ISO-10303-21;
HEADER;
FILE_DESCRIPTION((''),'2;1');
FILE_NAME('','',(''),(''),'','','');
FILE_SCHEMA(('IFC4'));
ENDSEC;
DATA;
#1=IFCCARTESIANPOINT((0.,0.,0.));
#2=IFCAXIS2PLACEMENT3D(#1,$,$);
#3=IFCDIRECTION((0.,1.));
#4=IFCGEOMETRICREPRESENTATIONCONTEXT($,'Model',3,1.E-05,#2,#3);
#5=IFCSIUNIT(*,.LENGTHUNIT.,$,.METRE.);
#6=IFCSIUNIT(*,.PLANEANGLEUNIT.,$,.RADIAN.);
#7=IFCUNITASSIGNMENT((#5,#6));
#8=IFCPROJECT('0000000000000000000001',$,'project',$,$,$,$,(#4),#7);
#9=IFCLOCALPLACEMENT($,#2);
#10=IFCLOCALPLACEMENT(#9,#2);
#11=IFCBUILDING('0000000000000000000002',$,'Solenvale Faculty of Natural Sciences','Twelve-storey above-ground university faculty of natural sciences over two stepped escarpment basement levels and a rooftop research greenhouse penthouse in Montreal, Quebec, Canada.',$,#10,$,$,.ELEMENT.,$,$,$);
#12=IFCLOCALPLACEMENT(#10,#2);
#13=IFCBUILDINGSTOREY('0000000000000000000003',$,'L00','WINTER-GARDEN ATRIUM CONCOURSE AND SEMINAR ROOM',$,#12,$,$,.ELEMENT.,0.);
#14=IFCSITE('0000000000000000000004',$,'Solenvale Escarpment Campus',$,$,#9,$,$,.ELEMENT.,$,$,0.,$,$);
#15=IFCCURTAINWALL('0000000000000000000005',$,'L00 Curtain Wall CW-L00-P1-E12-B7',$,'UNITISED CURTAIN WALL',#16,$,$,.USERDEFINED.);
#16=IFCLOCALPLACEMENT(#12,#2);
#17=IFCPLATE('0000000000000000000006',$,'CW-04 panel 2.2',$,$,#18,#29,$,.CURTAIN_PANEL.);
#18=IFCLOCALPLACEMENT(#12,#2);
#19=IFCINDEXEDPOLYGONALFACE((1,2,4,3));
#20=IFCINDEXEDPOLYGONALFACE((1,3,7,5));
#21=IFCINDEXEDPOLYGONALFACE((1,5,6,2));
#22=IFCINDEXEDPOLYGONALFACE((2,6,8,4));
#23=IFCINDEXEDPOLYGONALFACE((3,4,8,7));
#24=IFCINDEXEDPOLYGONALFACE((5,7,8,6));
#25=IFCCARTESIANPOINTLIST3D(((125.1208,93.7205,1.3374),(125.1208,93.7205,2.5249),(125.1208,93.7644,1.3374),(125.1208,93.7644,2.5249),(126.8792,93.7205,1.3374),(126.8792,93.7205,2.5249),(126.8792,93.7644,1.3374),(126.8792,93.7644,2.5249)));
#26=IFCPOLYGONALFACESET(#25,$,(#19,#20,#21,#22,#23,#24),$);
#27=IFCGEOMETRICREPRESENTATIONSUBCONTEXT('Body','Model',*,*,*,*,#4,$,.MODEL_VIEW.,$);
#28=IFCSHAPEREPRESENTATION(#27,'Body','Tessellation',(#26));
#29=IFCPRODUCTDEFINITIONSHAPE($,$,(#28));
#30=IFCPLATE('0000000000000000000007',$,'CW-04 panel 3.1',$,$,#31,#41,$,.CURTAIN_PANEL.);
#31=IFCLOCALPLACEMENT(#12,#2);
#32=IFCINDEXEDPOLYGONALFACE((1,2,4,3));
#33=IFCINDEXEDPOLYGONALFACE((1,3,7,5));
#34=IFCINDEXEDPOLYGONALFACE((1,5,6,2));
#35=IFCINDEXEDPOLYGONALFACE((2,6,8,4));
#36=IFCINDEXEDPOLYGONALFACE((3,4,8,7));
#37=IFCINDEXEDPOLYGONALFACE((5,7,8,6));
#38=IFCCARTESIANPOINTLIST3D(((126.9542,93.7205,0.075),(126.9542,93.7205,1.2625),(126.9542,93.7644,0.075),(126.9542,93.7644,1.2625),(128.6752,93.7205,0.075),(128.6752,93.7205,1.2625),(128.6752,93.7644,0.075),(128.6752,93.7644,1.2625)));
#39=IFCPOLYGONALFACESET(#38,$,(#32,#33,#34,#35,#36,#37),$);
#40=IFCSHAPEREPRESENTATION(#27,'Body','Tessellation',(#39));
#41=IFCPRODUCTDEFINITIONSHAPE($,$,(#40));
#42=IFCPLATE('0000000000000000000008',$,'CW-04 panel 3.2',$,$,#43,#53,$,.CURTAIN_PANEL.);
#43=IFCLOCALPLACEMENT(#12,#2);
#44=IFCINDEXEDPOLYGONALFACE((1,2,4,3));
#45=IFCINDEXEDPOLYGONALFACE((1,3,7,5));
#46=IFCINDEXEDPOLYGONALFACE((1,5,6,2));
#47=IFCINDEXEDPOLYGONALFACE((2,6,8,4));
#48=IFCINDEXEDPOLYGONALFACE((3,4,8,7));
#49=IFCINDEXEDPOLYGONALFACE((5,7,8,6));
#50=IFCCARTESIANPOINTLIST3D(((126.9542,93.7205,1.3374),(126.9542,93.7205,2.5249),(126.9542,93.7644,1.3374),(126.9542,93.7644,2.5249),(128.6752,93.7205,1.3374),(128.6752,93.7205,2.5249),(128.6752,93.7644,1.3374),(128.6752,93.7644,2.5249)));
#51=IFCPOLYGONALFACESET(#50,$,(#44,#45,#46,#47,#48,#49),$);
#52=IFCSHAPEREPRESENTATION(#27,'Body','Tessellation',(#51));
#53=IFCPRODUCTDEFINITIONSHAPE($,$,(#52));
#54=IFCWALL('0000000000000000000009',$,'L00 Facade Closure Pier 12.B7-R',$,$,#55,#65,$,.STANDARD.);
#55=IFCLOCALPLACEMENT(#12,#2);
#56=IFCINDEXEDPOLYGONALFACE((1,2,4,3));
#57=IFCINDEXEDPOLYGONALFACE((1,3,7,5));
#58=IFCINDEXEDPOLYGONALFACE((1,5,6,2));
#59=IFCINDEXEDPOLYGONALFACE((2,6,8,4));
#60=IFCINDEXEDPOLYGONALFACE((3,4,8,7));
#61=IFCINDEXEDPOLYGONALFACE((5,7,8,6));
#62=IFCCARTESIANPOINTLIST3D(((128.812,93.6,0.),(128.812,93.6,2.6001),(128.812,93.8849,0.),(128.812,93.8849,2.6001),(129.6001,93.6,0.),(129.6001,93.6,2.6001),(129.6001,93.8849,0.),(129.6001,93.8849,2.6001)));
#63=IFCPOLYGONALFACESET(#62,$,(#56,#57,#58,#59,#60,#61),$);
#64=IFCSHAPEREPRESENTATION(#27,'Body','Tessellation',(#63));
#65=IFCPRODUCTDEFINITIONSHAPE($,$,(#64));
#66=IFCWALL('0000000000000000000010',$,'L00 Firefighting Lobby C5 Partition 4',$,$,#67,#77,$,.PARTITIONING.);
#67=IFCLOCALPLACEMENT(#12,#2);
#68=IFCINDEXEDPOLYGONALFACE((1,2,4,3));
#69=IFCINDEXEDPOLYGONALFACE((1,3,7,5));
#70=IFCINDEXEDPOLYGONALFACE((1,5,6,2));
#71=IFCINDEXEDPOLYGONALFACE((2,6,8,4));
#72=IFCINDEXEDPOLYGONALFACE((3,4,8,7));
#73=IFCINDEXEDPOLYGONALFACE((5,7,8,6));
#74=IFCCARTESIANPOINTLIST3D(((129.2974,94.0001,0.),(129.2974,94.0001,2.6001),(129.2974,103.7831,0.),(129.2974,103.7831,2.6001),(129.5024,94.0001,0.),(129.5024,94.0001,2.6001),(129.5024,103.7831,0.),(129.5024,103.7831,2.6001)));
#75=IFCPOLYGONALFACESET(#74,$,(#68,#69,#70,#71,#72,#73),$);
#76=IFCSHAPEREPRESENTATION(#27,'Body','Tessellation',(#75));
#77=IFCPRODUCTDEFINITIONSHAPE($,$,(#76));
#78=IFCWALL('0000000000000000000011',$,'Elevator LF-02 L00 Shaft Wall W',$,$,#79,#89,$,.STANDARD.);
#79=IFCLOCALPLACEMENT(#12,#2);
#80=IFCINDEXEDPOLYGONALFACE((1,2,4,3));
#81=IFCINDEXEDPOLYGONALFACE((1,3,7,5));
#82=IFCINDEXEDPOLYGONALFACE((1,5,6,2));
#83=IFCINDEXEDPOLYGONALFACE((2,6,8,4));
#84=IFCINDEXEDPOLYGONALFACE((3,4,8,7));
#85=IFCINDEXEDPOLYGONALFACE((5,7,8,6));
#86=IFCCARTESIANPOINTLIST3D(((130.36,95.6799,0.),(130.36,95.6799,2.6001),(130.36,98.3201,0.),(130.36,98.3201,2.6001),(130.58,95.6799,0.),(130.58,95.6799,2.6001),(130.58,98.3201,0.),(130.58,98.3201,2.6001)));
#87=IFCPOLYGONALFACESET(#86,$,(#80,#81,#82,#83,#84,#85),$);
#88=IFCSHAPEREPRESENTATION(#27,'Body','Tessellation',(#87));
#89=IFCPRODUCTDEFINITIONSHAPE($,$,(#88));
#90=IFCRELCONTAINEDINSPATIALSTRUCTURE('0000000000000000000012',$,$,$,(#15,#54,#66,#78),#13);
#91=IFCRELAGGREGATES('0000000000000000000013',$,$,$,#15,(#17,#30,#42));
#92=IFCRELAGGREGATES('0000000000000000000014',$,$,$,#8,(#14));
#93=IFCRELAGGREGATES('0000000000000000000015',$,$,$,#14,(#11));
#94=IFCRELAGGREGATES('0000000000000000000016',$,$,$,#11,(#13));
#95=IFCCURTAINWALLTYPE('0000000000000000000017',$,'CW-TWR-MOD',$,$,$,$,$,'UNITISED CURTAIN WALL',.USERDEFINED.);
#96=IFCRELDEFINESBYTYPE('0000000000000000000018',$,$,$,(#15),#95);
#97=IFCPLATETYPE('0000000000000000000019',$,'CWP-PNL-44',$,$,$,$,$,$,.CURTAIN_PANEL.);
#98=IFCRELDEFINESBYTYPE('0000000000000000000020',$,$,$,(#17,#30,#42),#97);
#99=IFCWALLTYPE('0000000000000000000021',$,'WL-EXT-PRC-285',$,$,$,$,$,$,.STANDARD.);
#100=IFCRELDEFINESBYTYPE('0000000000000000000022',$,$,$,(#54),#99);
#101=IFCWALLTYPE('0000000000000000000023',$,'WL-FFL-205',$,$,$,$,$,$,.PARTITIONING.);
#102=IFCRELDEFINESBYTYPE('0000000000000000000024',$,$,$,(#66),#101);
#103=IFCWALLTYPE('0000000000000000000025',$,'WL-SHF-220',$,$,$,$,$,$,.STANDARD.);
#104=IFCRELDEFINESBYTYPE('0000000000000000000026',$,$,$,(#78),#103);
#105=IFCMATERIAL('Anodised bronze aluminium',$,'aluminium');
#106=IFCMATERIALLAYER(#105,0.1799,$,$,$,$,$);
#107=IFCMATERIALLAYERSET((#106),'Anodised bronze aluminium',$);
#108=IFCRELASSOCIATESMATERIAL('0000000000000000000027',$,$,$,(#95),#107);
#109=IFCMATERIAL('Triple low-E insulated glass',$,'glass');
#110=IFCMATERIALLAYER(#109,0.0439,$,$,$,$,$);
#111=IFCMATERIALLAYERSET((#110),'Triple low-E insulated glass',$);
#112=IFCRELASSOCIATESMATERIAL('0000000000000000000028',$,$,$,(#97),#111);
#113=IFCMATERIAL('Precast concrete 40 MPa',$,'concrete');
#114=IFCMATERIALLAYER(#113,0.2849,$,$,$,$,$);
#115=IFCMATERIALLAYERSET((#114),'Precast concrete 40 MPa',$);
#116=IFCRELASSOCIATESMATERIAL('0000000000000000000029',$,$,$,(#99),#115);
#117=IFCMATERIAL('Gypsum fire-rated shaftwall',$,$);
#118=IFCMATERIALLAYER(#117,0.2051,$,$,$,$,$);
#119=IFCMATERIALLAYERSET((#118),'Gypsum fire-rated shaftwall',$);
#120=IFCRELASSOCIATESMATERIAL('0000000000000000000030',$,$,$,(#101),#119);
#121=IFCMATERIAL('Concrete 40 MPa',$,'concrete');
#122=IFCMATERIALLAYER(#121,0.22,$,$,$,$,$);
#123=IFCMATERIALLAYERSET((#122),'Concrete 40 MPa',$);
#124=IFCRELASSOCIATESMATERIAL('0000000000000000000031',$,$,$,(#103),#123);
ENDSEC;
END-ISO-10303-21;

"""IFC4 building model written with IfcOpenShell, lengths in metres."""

from ifc_helpers import new_model, si_unit, direction, frame, frame_2d, origin, origin_2d, place, context, subcontext, project, spatial, rectangle, extrude, material, layer, layer_set, type_object, element, aggregate, save


model = new_model("IFC4")

# Units and contexts
model_context = context("Model", 3, precision=1e-05, world=origin(), true_north=direction((0.0, 1.0)))
body_context = subcontext(model_context, "Body", "Model", "MODEL_VIEW")
ifc_project = project(units=[si_unit("LENGTHUNIT", "METRE"), si_unit("PLANEANGLEUNIT", "RADIAN")], contexts=[model_context])

# Site, building, storey
site_placement = place(None, origin())
site = spatial("IfcSite", under=ifc_project, at=site_placement, Name="Solenvale Escarpment Campus", CompositionType="ELEMENT", RefElevation=0.0)
building_placement = place(site_placement, origin())
building = spatial("IfcBuilding", under=site, at=building_placement, Name="Solenvale Faculty of Natural Sciences", Description="Twelve-storey above-ground university faculty of natural sciences over two stepped escarpment basement levels and a rooftop research greenhouse penthouse in Montreal, Quebec, Canada.", CompositionType="ELEMENT")
storey_placement = place(building_placement, origin())
storey = spatial("IfcBuildingStorey", under=building, at=storey_placement, Name="L00", Description="WINTER-GARDEN ATRIUM CONCOURSE AND SEMINAR ROOM", CompositionType="ELEMENT", Elevation=0.0)

# Shared definitions
ifc_material_1 = material(Name="Concrete 40 MPa", Category="concrete")

# Curtain wall, plates
ifc_material_2 = material(Name="Anodised bronze aluminium", Category="aluminium")
ifc_layer_1 = layer(ifc_material_2, 0.1799)
ifc_layer_set_1 = layer_set([ifc_layer_1], Name="Anodised bronze aluminium")
curtain_wall_type = type_object("IfcCurtainWallType", Name="CW-TWR-MOD", ElementType="UNITISED CURTAIN WALL", PredefinedType="USERDEFINED", material=ifc_layer_set_1)
curtain_wall_placement = place(storey_placement, origin())
curtain_wall = element("IfcCurtainWall", 1, at=curtain_wall_placement, inside=storey, type_object=curtain_wall_type, Name="L00 Curtain Wall CW-L00-P1-E12-B7", ObjectType="UNITISED CURTAIN WALL", PredefinedType="USERDEFINED")
ifc_material_3 = material(Name="Triple low-E insulated glass", Category="glass")
ifc_layer_2 = layer(ifc_material_3, 0.0439)
ifc_layer_set_2 = layer_set([ifc_layer_2], Name="Triple low-E insulated glass")
plate_type = type_object("IfcPlateType", Name="CWP-PNL-44", PredefinedType="CURTAIN_PANEL", material=ifc_layer_set_2)
plate_1_placement = place(storey_placement, frame((126.0, 93.7424, 1.3374), z_axis=(0.0, 0.0, 1.0), x_axis=(1.0, 0.0, 0.0)))
plate_1 = element("IfcPlate", 2, at=plate_1_placement, type_object=plate_type, Name="CW-04 panel 2.2", PredefinedType="CURTAIN_PANEL", context=body_context, shape_type="SweptSolid", body=[
    extrude(rectangle(XDim=1.7583, YDim=0.0439, at=origin_2d()), origin(), (0.0, 0.0, 1.0), 1.1875),
])
plate_2_placement = place(storey_placement, frame((127.8147, 93.7424, 0.075), z_axis=(0.0, 0.0, 1.0), x_axis=(1.0, 0.0, 0.0)))
plate_2 = element("IfcPlate", 3, at=plate_2_placement, type_object=plate_type, Name="CW-04 panel 3.1", PredefinedType="CURTAIN_PANEL", context=body_context, shape_type="SweptSolid", body=[
    extrude(rectangle(XDim=1.7209, YDim=0.0439, at=origin_2d()), origin(), (0.0, 0.0, 1.0), 1.1875),
])
plate_3_placement = place(storey_placement, frame((127.8147, 93.7424, 1.3374), z_axis=(0.0, 0.0, 1.0), x_axis=(1.0, 0.0, 0.0)))
plate_3 = element("IfcPlate", 4, at=plate_3_placement, type_object=plate_type, Name="CW-04 panel 3.2", PredefinedType="CURTAIN_PANEL", context=body_context, shape_type="SweptSolid", body=[
    extrude(rectangle(XDim=1.7209, YDim=0.0439, at=origin_2d()), origin(), (0.0, 0.0, 1.0), 1.1875),
])
aggregate(curtain_wall, [plate_1, plate_2, plate_3])

# Walls
ifc_material_4 = material(Name="Precast concrete 40 MPa", Category="concrete")
ifc_layer_3 = layer(ifc_material_4, 0.2849)
ifc_layer_set_3 = layer_set([ifc_layer_3], Name="Precast concrete 40 MPa")
wall_type_1 = type_object("IfcWallType", Name="WL-EXT-PRC-285", PredefinedType="STANDARD", material=ifc_layer_set_3)
wall_1_placement = place(storey_placement, frame((128.812, 93.7424, 0.0), z_axis=(0.0, 0.0, 1.0), x_axis=(1.0, 0.0, 0.0)))
element("IfcWall", 5, at=wall_1_placement, inside=storey, type_object=wall_type_1, Name="L00 Facade Closure Pier 12.B7-R", PredefinedType="STANDARD", context=body_context, shape_type="SweptSolid", body=[
    extrude(rectangle(XDim=0.7881, YDim=0.2849, at=frame_2d((0.394, 0.0))), origin(), (0.0, 0.0, 1.0), 2.6001),
])
ifc_material_5 = material(Name="Gypsum fire-rated shaftwall")
ifc_layer_4 = layer(ifc_material_5, 0.2051)
ifc_layer_set_4 = layer_set([ifc_layer_4], Name="Gypsum fire-rated shaftwall")
wall_type_2 = type_object("IfcWallType", Name="WL-FFL-205", PredefinedType="PARTITIONING", material=ifc_layer_set_4)
wall_2_placement = place(storey_placement, frame((129.3999, 94.0, 0.0), z_axis=(0.0, 0.0, 1.0), x_axis=(0.0, 1.0, 0.0)))
element("IfcWall", 6, at=wall_2_placement, inside=storey, type_object=wall_type_2, Name="L00 Firefighting Lobby C5 Partition 4", PredefinedType="PARTITIONING", context=body_context, shape_type="SweptSolid", body=[
    extrude(rectangle(XDim=9.783, YDim=0.2051, at=frame_2d((4.8916, 0.0))), origin(), (0.0, 0.0, 1.0), 2.6001),
])
ifc_layer_5 = layer(ifc_material_1, 0.22)
ifc_layer_set_5 = layer_set([ifc_layer_5], Name="Concrete 40 MPa")
wall_type_3 = type_object("IfcWallType", Name="WL-SHF-220", PredefinedType="STANDARD", material=ifc_layer_set_5)
wall_3_placement = place(storey_placement, frame((130.47, 95.6799, 0.0), z_axis=(0.0, 0.0, 1.0), x_axis=(0.0, 1.0, 0.0)))
element("IfcWall", 7, at=wall_3_placement, inside=storey, type_object=wall_type_3, Name="Elevator LF-02 L00 Shaft Wall W", PredefinedType="STANDARD", context=body_context, shape_type="SweptSolid", body=[
    extrude(rectangle(XDim=2.6401, YDim=0.22, at=frame_2d((1.3201, 0.0))), origin(), (0.0, 0.0, 1.0), 2.6001),
])

save(model, "model.ifc")
